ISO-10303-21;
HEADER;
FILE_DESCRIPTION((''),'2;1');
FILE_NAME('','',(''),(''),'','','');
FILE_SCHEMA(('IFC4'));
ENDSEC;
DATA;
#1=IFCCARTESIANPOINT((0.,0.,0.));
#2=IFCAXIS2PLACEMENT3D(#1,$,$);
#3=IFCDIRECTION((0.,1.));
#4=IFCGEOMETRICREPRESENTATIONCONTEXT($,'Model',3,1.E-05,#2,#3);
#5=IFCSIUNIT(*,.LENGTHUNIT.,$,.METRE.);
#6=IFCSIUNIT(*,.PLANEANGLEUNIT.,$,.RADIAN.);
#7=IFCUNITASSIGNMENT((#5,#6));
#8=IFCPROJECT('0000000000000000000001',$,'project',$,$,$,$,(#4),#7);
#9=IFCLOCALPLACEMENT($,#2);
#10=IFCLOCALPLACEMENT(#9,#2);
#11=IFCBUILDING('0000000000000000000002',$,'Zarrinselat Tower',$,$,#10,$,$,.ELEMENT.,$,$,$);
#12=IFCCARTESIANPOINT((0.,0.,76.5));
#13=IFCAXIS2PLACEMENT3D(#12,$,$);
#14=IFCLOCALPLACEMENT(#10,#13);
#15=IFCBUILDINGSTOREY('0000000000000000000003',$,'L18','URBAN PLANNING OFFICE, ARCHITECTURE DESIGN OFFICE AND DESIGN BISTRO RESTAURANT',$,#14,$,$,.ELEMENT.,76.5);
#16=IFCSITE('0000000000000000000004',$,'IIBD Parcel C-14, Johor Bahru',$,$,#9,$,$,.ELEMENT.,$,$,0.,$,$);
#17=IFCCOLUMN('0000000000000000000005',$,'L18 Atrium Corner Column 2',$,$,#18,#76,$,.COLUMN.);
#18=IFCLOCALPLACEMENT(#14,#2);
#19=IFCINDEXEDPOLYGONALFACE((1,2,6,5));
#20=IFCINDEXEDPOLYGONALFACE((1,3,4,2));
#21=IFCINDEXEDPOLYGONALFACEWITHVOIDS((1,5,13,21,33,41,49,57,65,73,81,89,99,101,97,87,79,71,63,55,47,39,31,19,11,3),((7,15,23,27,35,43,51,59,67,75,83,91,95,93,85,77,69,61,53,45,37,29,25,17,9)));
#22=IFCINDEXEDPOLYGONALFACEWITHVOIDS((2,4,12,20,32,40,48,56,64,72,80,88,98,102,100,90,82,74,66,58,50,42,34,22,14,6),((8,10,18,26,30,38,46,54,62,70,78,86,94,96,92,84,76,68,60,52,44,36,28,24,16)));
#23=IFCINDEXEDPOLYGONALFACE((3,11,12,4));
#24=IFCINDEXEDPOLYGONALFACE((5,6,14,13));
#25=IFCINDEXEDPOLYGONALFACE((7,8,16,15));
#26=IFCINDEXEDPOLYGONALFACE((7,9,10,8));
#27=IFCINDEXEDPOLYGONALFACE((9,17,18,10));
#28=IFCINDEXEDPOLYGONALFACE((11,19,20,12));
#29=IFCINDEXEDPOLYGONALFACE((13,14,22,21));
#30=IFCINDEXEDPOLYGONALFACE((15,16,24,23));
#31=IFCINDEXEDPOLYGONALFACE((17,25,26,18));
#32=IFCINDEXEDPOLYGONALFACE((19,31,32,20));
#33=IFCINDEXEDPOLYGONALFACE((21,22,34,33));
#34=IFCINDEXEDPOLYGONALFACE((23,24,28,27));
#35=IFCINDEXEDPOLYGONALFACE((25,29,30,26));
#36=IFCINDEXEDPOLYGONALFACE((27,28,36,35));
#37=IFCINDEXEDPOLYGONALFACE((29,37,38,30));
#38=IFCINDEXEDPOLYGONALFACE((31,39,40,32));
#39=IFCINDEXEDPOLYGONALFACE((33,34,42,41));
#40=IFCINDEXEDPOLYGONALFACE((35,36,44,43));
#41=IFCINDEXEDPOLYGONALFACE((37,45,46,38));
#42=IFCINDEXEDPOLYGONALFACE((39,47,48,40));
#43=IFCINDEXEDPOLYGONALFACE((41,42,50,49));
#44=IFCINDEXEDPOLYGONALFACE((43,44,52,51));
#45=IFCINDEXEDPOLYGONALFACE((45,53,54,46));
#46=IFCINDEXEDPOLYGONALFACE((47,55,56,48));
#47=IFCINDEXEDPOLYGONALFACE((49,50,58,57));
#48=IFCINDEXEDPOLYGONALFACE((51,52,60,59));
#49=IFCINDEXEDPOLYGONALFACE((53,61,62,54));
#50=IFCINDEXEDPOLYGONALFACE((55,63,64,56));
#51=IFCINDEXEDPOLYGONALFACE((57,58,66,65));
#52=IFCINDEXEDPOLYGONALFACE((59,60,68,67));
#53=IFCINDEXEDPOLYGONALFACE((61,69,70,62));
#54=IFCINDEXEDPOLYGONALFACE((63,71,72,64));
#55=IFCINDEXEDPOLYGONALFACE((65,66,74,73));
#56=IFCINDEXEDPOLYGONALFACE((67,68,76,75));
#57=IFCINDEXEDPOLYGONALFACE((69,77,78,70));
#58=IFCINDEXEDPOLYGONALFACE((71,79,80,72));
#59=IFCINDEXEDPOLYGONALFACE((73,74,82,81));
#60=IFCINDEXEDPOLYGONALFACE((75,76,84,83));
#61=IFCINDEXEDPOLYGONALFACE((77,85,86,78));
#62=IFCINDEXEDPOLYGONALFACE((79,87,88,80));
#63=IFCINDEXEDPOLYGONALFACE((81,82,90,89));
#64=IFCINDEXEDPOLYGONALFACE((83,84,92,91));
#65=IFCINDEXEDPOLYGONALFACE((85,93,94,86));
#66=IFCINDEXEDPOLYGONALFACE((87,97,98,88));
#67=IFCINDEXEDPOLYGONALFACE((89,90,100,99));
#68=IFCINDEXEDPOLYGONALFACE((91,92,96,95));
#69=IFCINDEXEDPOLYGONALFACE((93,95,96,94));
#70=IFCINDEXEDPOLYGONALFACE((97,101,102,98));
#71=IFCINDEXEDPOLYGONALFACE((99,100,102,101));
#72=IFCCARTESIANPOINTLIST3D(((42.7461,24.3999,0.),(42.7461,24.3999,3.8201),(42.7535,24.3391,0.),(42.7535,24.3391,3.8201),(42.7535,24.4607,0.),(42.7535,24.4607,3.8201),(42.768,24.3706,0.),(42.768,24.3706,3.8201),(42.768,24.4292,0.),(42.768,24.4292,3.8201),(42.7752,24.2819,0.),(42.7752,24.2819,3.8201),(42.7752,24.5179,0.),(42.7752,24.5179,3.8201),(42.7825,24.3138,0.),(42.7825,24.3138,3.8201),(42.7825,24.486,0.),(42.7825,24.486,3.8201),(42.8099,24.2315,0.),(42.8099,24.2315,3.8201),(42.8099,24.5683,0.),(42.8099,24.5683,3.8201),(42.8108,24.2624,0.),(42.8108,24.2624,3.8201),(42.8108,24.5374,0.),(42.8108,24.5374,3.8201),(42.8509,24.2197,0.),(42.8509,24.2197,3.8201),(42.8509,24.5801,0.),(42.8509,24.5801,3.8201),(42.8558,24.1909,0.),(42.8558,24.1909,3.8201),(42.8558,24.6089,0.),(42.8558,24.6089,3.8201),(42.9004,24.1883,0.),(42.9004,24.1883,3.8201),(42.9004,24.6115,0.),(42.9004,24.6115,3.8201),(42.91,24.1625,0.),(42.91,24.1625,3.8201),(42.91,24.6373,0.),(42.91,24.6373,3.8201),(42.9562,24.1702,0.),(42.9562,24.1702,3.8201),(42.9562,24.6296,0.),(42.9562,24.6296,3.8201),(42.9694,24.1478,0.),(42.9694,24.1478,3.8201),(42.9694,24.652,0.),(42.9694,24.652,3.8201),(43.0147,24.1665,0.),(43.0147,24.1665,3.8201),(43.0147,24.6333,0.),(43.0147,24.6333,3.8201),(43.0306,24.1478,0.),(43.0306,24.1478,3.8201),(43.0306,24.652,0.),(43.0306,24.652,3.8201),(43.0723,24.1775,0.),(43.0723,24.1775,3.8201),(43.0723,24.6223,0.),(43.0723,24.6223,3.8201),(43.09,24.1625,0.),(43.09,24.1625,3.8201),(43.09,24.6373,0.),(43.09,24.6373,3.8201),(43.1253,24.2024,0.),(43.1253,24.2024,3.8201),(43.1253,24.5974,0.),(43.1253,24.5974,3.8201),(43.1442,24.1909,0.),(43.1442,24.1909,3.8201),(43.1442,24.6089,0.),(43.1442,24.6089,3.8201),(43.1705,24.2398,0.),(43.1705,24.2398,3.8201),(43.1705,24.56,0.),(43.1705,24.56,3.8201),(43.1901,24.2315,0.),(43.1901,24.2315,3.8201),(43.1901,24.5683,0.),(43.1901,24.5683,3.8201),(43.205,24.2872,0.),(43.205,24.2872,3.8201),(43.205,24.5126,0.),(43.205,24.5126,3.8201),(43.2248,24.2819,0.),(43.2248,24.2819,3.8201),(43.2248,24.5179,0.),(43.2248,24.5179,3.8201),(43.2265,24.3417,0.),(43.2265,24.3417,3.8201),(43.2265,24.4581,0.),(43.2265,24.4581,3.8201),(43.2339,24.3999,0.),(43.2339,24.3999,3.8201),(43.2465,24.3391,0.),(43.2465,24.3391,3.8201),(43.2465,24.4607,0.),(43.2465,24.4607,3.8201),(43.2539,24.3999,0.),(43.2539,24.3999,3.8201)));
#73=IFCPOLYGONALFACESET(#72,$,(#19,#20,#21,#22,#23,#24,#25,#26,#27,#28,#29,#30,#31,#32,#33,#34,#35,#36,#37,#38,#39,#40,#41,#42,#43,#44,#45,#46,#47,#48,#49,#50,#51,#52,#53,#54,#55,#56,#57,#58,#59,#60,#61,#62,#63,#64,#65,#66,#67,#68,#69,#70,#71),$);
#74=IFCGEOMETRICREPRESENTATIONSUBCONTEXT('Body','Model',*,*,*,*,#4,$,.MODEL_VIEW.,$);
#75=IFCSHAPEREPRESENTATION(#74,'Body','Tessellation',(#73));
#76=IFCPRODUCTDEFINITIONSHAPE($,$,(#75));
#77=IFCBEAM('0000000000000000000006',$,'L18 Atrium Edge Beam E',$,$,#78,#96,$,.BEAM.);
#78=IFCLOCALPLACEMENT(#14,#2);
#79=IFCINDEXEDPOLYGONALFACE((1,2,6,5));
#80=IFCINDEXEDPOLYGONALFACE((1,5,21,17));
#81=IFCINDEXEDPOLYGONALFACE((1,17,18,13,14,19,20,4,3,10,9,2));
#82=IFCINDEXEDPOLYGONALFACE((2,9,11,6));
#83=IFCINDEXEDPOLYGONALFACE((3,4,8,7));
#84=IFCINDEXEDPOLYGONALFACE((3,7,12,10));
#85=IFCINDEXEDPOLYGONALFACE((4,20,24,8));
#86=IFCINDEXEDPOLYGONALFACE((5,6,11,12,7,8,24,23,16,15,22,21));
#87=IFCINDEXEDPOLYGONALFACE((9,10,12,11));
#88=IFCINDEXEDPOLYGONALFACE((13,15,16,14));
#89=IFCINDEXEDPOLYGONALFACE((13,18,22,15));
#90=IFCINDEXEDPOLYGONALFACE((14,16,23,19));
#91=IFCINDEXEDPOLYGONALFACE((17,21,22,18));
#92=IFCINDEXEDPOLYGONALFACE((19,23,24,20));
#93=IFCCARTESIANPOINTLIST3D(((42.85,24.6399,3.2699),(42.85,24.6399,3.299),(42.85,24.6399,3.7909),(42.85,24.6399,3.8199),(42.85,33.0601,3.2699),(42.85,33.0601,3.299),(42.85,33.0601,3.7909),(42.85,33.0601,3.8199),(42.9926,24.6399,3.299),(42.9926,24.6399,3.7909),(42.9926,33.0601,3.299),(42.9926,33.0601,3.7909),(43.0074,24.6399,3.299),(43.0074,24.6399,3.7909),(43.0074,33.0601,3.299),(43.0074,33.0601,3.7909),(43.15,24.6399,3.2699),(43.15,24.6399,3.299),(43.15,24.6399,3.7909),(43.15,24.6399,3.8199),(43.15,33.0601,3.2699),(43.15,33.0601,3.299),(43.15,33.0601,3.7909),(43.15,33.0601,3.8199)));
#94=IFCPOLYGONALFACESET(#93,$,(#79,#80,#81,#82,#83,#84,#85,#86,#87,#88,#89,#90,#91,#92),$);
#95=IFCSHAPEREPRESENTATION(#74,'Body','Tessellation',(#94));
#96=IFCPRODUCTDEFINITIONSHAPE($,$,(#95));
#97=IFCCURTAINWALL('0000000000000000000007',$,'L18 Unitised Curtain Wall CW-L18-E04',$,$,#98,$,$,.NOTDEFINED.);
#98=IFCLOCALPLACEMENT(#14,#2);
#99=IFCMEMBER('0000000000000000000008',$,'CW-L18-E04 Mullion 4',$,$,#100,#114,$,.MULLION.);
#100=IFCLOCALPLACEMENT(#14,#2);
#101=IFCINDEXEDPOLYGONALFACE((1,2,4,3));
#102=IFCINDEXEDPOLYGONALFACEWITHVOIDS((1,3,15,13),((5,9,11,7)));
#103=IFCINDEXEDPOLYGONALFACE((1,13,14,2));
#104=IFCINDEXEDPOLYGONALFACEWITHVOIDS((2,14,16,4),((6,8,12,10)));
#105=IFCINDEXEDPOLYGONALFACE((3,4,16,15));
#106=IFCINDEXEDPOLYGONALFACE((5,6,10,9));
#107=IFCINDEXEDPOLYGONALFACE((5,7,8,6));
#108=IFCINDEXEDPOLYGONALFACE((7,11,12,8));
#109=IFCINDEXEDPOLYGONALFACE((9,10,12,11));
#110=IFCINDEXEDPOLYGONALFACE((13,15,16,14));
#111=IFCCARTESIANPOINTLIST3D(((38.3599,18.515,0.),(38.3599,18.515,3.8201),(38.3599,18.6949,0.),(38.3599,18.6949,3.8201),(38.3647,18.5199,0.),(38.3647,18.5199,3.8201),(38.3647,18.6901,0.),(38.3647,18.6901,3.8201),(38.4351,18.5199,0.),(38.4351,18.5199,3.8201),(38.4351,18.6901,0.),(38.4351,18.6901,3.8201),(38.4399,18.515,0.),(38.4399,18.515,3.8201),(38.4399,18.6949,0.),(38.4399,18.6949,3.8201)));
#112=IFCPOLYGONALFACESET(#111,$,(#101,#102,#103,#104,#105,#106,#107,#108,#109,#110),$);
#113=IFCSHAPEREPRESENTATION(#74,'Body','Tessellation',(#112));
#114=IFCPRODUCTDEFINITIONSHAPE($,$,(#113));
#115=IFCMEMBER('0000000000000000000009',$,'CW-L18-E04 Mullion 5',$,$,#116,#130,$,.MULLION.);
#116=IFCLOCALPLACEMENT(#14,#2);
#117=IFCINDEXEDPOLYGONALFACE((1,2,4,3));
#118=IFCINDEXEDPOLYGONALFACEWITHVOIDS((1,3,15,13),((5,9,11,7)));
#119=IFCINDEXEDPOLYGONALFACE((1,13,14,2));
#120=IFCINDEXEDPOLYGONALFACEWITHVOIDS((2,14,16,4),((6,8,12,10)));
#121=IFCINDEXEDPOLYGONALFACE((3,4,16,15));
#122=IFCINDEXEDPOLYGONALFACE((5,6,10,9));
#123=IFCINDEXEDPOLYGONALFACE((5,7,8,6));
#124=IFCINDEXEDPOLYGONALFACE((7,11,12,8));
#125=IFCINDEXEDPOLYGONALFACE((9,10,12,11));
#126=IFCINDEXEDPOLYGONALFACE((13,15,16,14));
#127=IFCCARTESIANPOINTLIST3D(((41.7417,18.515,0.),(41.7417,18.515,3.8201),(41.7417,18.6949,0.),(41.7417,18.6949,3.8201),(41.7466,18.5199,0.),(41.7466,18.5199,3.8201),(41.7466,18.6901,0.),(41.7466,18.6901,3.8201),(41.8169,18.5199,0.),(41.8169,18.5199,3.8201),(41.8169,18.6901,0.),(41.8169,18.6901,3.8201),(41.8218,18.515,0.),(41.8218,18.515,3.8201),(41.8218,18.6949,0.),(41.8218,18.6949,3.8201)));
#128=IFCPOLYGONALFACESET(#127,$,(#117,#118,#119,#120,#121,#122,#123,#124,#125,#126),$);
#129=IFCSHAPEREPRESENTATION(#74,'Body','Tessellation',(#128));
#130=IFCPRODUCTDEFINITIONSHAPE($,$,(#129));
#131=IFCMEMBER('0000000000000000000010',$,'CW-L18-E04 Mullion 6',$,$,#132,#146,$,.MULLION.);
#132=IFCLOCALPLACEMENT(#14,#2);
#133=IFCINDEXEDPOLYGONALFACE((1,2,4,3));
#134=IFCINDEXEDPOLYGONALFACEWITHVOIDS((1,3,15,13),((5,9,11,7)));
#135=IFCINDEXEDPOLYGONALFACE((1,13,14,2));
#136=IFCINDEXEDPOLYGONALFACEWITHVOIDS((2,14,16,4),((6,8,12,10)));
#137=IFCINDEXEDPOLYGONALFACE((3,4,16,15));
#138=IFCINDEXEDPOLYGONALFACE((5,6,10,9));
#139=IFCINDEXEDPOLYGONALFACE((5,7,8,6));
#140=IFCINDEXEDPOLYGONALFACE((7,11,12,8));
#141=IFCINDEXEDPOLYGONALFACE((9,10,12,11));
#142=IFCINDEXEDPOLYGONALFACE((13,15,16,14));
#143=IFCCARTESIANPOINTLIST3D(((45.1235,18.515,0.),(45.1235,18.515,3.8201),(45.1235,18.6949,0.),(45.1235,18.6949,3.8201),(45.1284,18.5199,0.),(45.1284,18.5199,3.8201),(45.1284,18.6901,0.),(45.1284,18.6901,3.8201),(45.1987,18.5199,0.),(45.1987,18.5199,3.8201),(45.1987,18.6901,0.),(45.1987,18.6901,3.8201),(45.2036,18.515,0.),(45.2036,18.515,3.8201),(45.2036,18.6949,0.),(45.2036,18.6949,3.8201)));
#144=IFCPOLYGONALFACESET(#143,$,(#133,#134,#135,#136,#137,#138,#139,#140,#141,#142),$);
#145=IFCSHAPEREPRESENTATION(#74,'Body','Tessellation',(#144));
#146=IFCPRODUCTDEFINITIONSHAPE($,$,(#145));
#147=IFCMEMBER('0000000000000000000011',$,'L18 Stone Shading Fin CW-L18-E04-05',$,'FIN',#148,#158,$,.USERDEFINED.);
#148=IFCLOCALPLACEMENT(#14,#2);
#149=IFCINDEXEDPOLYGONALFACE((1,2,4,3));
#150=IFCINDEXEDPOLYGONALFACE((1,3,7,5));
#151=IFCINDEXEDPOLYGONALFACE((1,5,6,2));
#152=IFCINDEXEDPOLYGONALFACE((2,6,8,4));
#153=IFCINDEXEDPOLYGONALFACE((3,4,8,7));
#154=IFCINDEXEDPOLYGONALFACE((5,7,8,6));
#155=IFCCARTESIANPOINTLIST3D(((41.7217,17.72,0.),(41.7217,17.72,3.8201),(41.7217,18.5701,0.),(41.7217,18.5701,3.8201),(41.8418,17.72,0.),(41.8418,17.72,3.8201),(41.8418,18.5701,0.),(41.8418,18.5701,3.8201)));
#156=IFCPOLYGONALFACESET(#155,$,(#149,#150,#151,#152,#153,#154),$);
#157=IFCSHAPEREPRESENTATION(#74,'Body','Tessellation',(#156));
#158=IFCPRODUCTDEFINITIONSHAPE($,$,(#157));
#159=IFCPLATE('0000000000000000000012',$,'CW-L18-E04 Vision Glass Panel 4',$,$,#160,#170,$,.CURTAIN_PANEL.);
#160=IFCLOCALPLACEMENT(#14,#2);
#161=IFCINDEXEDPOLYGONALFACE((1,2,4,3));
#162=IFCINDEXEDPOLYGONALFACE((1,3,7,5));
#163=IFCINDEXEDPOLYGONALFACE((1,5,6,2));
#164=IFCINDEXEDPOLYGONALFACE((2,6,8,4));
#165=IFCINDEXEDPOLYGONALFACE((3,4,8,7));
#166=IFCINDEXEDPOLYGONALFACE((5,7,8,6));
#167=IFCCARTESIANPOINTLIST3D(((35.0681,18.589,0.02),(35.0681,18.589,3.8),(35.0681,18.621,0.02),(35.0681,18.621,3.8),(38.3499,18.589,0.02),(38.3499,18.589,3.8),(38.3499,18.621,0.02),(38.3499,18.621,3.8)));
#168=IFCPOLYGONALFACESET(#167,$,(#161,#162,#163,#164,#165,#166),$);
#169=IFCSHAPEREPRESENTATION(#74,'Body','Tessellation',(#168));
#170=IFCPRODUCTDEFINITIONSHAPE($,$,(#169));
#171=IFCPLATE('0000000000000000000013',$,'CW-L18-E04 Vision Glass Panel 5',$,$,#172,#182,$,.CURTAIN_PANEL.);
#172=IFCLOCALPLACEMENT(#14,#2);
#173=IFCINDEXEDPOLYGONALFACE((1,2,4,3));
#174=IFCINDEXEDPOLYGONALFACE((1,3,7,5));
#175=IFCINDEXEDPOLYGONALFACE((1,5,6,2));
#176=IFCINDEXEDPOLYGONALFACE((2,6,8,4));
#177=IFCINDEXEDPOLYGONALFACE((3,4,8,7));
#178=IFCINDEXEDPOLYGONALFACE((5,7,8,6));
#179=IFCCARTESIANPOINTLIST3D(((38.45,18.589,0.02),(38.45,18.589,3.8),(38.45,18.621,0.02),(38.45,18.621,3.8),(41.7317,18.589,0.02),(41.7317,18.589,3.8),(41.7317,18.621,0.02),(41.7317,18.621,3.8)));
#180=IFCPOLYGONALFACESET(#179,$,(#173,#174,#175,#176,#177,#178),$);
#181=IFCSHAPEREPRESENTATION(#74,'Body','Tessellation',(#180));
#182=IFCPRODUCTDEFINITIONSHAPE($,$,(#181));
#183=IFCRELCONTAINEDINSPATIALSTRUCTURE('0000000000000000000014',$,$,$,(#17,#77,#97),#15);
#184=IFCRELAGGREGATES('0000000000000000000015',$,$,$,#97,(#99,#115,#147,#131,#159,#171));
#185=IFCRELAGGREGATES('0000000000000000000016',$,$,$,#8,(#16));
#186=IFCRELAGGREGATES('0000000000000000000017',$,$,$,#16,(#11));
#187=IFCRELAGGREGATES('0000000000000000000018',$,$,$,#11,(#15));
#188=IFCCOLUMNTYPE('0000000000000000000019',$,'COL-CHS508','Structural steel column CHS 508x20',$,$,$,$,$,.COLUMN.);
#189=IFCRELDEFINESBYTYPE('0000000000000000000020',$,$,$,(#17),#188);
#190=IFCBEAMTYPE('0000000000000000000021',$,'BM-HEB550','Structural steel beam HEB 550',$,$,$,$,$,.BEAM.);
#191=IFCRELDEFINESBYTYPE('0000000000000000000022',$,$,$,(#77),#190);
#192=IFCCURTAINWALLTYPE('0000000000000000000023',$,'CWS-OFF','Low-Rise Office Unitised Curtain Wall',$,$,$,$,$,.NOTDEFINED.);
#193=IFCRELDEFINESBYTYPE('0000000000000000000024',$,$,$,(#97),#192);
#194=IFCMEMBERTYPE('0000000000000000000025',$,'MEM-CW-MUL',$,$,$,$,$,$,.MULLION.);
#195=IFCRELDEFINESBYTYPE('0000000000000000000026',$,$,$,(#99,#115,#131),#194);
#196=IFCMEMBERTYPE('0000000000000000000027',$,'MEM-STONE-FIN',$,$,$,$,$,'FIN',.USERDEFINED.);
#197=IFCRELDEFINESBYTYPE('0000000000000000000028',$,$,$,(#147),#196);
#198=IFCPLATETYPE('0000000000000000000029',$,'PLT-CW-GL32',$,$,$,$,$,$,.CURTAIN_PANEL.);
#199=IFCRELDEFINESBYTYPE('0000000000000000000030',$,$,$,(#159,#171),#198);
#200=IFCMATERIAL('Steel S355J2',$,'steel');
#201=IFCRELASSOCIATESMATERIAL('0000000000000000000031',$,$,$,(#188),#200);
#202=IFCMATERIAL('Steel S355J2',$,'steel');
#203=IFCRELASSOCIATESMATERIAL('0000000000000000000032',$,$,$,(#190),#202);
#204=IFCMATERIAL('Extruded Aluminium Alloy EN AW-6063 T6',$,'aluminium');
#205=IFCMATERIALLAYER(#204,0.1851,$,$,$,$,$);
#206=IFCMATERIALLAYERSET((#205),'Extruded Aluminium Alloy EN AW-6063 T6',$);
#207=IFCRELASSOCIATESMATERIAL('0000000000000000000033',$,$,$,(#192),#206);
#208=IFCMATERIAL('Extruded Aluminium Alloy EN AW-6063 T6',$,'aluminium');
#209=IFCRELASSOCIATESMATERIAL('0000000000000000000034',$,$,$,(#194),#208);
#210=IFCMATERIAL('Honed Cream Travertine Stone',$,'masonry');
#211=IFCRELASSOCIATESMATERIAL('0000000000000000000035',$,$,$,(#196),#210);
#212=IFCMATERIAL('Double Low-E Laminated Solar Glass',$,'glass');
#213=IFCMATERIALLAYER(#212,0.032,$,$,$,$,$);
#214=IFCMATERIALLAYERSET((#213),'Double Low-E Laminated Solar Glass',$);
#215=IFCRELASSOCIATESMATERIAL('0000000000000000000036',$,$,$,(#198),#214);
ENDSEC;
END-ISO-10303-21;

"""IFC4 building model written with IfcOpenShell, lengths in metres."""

from ifc_helpers import new_model, si_unit, direction, frame, origin, origin_2d, place, context, subcontext, project, spatial, rectangle, hollow_rectangle, hollow_circle, i_section, extrude, material, layer, layer_set, material_profile, profile_set, type_object, element, aggregate, save


model = new_model("IFC4")

# Units and contexts
model_context = context("Model", 3, precision=1e-05, world=origin(), true_north=direction((0.0, 1.0)))
body_context = subcontext(model_context, "Body", "Model", "MODEL_VIEW")
ifc_project = project(units=[si_unit("LENGTHUNIT", "METRE"), si_unit("PLANEANGLEUNIT", "RADIAN")], contexts=[model_context])

# Site, building, storey
site_placement = place(None, origin())
site = spatial("IfcSite", under=ifc_project, at=site_placement, Name="IIBD Parcel C-14, Johor Bahru", CompositionType="ELEMENT", RefElevation=0.0)
building_placement = place(site_placement, origin())
building = spatial("IfcBuilding", under=site, at=building_placement, Name="Zarrinselat Tower", CompositionType="ELEMENT")
storey_placement = place(building_placement, frame((0.0, 0.0, 76.5)))
storey = spatial("IfcBuildingStorey", under=building, at=storey_placement, Name="L18", Description="URBAN PLANNING OFFICE, ARCHITECTURE DESIGN OFFICE AND DESIGN BISTRO RESTAURANT", CompositionType="ELEMENT", Elevation=76.5)

# Column
ifc_material_1 = material(Name="Steel S355J2", Category="steel")
ifc_material_profile_1 = material_profile(ifc_material_1, hollow_circle(Radius=0.2539, WallThickness=0.02, at=origin_2d()), Name="CHS 508x20")
ifc_profile_set_1 = profile_set([ifc_material_profile_1], Name="Steel S355J2")
column_type = type_object("IfcColumnType", Name="COL-CHS508", Description="Structural steel column CHS 508x20", PredefinedType="COLUMN", material=ifc_profile_set_1)
column_placement = place(storey_placement, frame((43.0, 24.3999, 0.0), z_axis=(0.0, 0.0, 1.0), x_axis=(1.0, 0.0, 0.0)))
element("IfcColumn", 1, at=column_placement, inside=storey, type_object=column_type, Name="L18 Atrium Corner Column 2", PredefinedType="COLUMN", context=body_context, shape_type="SweptSolid", body=[
    extrude(hollow_circle(Radius=0.2539, WallThickness=0.02, at=origin_2d()), origin(), (0.0, 0.0, 1.0), 3.8201),
])

# Beam
ifc_material_2 = material(Name="Steel S355J2", Category="steel")
ifc_material_profile_2 = material_profile(ifc_material_2, i_section(OverallWidth=0.3, OverallDepth=0.55, WebThickness=0.0149, FlangeThickness=0.0291, at=origin_2d()), Name="HEB 550")
ifc_profile_set_2 = profile_set([ifc_material_profile_2], Name="Steel S355J2")
beam_type = type_object("IfcBeamType", Name="BM-HEB550", Description="Structural steel beam HEB 550", PredefinedType="BEAM", material=ifc_profile_set_2)
beam_placement = place(storey_placement, frame((43.0, 24.6399, 3.5449), z_axis=(0.0, 1.0, 0.0), x_axis=(-1.0, 0.0, 0.0)))
element("IfcBeam", 2, at=beam_placement, inside=storey, type_object=beam_type, Name="L18 Atrium Edge Beam E", PredefinedType="BEAM", context=body_context, shape_type="SweptSolid", body=[
    extrude(i_section(OverallWidth=0.3, OverallDepth=0.55, WebThickness=0.0149, FlangeThickness=0.0291, at=origin_2d()), origin(), (0.0, 0.0, 1.0), 8.4202),
])

# Curtain wall, members, plates
ifc_material_3 = material(Name="Extruded Aluminium Alloy EN AW-6063 T6", Category="aluminium")
ifc_layer_1 = layer(ifc_material_3, 0.1851)
ifc_layer_set_1 = layer_set([ifc_layer_1], Name="Extruded Aluminium Alloy EN AW-6063 T6")
curtain_wall_type = type_object("IfcCurtainWallType", Name="CWS-OFF", Description="Low-Rise Office Unitised Curtain Wall", PredefinedType="NOTDEFINED", material=ifc_layer_set_1)
curtain_wall_placement = place(storey_placement, origin())
curtain_wall = element("IfcCurtainWall", 3, at=curtain_wall_placement, inside=storey, type_object=curtain_wall_type, Name="L18 Unitised Curtain Wall CW-L18-E04", PredefinedType="NOTDEFINED")
ifc_material_4 = material(Name="Extruded Aluminium Alloy EN AW-6063 T6", Category="aluminium")
ifc_material_profile_3 = material_profile(ifc_material_4, hollow_rectangle(XDim=0.0801, YDim=0.1799, WallThickness=0.0049, at=origin_2d()), Name="RHS 180x80x5")
ifc_profile_set_3 = profile_set([ifc_material_profile_3], Name="Extruded Aluminium Alloy EN AW-6063 T6")
member_type_1 = type_object("IfcMemberType", Name="MEM-CW-MUL", PredefinedType="MULLION", material=ifc_profile_set_3)
member_1_placement = place(storey_placement, frame((38.3999, 18.605, 0.0), z_axis=(0.0, 0.0, 1.0), x_axis=(1.0, 0.0, 0.0)))
member_1 = element("IfcMember", 4, at=member_1_placement, type_object=member_type_1, Name="CW-L18-E04 Mullion 4", PredefinedType="MULLION", context=body_context, shape_type="SweptSolid", body=[
    extrude(hollow_rectangle(XDim=0.0801, YDim=0.1799, WallThickness=0.0049, at=origin_2d()), origin(), (0.0, 0.0, 1.0), 3.8201),
])
member_2_placement = place(storey_placement, frame((41.7817, 18.605, 0.0), z_axis=(0.0, 0.0, 1.0), x_axis=(1.0, 0.0, 0.0)))
member_2 = element("IfcMember", 5, at=member_2_placement, type_object=member_type_1, Name="CW-L18-E04 Mullion 5", PredefinedType="MULLION", context=body_context, shape_type="SweptSolid", body=[
    extrude(hollow_rectangle(XDim=0.0801, YDim=0.1799, WallThickness=0.0049, at=origin_2d()), origin(), (0.0, 0.0, 1.0), 3.8201),
])
member_3_placement = place(storey_placement, frame((45.1636, 18.605, 0.0), z_axis=(0.0, 0.0, 1.0), x_axis=(1.0, 0.0, 0.0)))
member_3 = element("IfcMember", 6, at=member_3_placement, type_object=member_type_1, Name="CW-L18-E04 Mullion 6", PredefinedType="MULLION", context=body_context, shape_type="SweptSolid", body=[
    extrude(hollow_rectangle(XDim=0.0801, YDim=0.1799, WallThickness=0.0049, at=origin_2d()), origin(), (0.0, 0.0, 1.0), 3.8201),
])
ifc_material_5 = material(Name="Honed Cream Travertine Stone", Category="masonry")
ifc_material_profile_4 = material_profile(ifc_material_5, rectangle(XDim=0.1201, YDim=0.8501, at=origin_2d()), Name="FIN 850x120")
ifc_profile_set_4 = profile_set([ifc_material_profile_4], Name="Honed Cream Travertine Stone")
member_type_2 = type_object("IfcMemberType", Name="MEM-STONE-FIN", ElementType="FIN", PredefinedType="USERDEFINED", material=ifc_profile_set_4)
member_4_placement = place(storey_placement, frame((41.7817, 18.145, 0.0), z_axis=(0.0, 0.0, 1.0), x_axis=(-1.0, 0.0, 0.0)))
member_4 = element("IfcMember", 7, at=member_4_placement, type_object=member_type_2, Name="L18 Stone Shading Fin CW-L18-E04-05", ObjectType="FIN", PredefinedType="USERDEFINED", context=body_context, shape_type="SweptSolid", body=[
    extrude(rectangle(XDim=0.1201, YDim=0.8501, at=origin_2d()), origin(), (0.0, 0.0, 1.0), 3.8201),
])
ifc_material_6 = material(Name="Double Low-E Laminated Solar Glass", Category="glass")
ifc_layer_2 = layer(ifc_material_6, 0.032)
ifc_layer_set_2 = layer_set([ifc_layer_2], Name="Double Low-E Laminated Solar Glass")
plate_type = type_object("IfcPlateType", Name="PLT-CW-GL32", PredefinedType="CURTAIN_PANEL", material=ifc_layer_set_2)
plate_1_placement = place(storey_placement, frame((36.709, 18.605, 0.02), z_axis=(0.0, 0.0, 1.0), x_axis=(1.0, 0.0, 0.0)))
plate_1 = element("IfcPlate", 8, at=plate_1_placement, type_object=plate_type, Name="CW-L18-E04 Vision Glass Panel 4", PredefinedType="CURTAIN_PANEL", context=body_context, shape_type="SweptSolid", body=[
    extrude(rectangle(XDim=3.2817, YDim=0.032, at=origin_2d()), origin(), (0.0, 0.0, 1.0), 3.78),
])
plate_2_placement = place(storey_placement, frame((40.0908, 18.605, 0.02), z_axis=(0.0, 0.0, 1.0), x_axis=(1.0, 0.0, 0.0)))
plate_2 = element("IfcPlate", 9, at=plate_2_placement, type_object=plate_type, Name="CW-L18-E04 Vision Glass Panel 5", PredefinedType="CURTAIN_PANEL", context=body_context, shape_type="SweptSolid", body=[
    extrude(rectangle(XDim=3.2817, YDim=0.032, at=origin_2d()), origin(), (0.0, 0.0, 1.0), 3.78),
])
aggregate(curtain_wall, [member_1, member_2, member_4, member_3, plate_1, plate_2])

save(model, "model.ifc")
